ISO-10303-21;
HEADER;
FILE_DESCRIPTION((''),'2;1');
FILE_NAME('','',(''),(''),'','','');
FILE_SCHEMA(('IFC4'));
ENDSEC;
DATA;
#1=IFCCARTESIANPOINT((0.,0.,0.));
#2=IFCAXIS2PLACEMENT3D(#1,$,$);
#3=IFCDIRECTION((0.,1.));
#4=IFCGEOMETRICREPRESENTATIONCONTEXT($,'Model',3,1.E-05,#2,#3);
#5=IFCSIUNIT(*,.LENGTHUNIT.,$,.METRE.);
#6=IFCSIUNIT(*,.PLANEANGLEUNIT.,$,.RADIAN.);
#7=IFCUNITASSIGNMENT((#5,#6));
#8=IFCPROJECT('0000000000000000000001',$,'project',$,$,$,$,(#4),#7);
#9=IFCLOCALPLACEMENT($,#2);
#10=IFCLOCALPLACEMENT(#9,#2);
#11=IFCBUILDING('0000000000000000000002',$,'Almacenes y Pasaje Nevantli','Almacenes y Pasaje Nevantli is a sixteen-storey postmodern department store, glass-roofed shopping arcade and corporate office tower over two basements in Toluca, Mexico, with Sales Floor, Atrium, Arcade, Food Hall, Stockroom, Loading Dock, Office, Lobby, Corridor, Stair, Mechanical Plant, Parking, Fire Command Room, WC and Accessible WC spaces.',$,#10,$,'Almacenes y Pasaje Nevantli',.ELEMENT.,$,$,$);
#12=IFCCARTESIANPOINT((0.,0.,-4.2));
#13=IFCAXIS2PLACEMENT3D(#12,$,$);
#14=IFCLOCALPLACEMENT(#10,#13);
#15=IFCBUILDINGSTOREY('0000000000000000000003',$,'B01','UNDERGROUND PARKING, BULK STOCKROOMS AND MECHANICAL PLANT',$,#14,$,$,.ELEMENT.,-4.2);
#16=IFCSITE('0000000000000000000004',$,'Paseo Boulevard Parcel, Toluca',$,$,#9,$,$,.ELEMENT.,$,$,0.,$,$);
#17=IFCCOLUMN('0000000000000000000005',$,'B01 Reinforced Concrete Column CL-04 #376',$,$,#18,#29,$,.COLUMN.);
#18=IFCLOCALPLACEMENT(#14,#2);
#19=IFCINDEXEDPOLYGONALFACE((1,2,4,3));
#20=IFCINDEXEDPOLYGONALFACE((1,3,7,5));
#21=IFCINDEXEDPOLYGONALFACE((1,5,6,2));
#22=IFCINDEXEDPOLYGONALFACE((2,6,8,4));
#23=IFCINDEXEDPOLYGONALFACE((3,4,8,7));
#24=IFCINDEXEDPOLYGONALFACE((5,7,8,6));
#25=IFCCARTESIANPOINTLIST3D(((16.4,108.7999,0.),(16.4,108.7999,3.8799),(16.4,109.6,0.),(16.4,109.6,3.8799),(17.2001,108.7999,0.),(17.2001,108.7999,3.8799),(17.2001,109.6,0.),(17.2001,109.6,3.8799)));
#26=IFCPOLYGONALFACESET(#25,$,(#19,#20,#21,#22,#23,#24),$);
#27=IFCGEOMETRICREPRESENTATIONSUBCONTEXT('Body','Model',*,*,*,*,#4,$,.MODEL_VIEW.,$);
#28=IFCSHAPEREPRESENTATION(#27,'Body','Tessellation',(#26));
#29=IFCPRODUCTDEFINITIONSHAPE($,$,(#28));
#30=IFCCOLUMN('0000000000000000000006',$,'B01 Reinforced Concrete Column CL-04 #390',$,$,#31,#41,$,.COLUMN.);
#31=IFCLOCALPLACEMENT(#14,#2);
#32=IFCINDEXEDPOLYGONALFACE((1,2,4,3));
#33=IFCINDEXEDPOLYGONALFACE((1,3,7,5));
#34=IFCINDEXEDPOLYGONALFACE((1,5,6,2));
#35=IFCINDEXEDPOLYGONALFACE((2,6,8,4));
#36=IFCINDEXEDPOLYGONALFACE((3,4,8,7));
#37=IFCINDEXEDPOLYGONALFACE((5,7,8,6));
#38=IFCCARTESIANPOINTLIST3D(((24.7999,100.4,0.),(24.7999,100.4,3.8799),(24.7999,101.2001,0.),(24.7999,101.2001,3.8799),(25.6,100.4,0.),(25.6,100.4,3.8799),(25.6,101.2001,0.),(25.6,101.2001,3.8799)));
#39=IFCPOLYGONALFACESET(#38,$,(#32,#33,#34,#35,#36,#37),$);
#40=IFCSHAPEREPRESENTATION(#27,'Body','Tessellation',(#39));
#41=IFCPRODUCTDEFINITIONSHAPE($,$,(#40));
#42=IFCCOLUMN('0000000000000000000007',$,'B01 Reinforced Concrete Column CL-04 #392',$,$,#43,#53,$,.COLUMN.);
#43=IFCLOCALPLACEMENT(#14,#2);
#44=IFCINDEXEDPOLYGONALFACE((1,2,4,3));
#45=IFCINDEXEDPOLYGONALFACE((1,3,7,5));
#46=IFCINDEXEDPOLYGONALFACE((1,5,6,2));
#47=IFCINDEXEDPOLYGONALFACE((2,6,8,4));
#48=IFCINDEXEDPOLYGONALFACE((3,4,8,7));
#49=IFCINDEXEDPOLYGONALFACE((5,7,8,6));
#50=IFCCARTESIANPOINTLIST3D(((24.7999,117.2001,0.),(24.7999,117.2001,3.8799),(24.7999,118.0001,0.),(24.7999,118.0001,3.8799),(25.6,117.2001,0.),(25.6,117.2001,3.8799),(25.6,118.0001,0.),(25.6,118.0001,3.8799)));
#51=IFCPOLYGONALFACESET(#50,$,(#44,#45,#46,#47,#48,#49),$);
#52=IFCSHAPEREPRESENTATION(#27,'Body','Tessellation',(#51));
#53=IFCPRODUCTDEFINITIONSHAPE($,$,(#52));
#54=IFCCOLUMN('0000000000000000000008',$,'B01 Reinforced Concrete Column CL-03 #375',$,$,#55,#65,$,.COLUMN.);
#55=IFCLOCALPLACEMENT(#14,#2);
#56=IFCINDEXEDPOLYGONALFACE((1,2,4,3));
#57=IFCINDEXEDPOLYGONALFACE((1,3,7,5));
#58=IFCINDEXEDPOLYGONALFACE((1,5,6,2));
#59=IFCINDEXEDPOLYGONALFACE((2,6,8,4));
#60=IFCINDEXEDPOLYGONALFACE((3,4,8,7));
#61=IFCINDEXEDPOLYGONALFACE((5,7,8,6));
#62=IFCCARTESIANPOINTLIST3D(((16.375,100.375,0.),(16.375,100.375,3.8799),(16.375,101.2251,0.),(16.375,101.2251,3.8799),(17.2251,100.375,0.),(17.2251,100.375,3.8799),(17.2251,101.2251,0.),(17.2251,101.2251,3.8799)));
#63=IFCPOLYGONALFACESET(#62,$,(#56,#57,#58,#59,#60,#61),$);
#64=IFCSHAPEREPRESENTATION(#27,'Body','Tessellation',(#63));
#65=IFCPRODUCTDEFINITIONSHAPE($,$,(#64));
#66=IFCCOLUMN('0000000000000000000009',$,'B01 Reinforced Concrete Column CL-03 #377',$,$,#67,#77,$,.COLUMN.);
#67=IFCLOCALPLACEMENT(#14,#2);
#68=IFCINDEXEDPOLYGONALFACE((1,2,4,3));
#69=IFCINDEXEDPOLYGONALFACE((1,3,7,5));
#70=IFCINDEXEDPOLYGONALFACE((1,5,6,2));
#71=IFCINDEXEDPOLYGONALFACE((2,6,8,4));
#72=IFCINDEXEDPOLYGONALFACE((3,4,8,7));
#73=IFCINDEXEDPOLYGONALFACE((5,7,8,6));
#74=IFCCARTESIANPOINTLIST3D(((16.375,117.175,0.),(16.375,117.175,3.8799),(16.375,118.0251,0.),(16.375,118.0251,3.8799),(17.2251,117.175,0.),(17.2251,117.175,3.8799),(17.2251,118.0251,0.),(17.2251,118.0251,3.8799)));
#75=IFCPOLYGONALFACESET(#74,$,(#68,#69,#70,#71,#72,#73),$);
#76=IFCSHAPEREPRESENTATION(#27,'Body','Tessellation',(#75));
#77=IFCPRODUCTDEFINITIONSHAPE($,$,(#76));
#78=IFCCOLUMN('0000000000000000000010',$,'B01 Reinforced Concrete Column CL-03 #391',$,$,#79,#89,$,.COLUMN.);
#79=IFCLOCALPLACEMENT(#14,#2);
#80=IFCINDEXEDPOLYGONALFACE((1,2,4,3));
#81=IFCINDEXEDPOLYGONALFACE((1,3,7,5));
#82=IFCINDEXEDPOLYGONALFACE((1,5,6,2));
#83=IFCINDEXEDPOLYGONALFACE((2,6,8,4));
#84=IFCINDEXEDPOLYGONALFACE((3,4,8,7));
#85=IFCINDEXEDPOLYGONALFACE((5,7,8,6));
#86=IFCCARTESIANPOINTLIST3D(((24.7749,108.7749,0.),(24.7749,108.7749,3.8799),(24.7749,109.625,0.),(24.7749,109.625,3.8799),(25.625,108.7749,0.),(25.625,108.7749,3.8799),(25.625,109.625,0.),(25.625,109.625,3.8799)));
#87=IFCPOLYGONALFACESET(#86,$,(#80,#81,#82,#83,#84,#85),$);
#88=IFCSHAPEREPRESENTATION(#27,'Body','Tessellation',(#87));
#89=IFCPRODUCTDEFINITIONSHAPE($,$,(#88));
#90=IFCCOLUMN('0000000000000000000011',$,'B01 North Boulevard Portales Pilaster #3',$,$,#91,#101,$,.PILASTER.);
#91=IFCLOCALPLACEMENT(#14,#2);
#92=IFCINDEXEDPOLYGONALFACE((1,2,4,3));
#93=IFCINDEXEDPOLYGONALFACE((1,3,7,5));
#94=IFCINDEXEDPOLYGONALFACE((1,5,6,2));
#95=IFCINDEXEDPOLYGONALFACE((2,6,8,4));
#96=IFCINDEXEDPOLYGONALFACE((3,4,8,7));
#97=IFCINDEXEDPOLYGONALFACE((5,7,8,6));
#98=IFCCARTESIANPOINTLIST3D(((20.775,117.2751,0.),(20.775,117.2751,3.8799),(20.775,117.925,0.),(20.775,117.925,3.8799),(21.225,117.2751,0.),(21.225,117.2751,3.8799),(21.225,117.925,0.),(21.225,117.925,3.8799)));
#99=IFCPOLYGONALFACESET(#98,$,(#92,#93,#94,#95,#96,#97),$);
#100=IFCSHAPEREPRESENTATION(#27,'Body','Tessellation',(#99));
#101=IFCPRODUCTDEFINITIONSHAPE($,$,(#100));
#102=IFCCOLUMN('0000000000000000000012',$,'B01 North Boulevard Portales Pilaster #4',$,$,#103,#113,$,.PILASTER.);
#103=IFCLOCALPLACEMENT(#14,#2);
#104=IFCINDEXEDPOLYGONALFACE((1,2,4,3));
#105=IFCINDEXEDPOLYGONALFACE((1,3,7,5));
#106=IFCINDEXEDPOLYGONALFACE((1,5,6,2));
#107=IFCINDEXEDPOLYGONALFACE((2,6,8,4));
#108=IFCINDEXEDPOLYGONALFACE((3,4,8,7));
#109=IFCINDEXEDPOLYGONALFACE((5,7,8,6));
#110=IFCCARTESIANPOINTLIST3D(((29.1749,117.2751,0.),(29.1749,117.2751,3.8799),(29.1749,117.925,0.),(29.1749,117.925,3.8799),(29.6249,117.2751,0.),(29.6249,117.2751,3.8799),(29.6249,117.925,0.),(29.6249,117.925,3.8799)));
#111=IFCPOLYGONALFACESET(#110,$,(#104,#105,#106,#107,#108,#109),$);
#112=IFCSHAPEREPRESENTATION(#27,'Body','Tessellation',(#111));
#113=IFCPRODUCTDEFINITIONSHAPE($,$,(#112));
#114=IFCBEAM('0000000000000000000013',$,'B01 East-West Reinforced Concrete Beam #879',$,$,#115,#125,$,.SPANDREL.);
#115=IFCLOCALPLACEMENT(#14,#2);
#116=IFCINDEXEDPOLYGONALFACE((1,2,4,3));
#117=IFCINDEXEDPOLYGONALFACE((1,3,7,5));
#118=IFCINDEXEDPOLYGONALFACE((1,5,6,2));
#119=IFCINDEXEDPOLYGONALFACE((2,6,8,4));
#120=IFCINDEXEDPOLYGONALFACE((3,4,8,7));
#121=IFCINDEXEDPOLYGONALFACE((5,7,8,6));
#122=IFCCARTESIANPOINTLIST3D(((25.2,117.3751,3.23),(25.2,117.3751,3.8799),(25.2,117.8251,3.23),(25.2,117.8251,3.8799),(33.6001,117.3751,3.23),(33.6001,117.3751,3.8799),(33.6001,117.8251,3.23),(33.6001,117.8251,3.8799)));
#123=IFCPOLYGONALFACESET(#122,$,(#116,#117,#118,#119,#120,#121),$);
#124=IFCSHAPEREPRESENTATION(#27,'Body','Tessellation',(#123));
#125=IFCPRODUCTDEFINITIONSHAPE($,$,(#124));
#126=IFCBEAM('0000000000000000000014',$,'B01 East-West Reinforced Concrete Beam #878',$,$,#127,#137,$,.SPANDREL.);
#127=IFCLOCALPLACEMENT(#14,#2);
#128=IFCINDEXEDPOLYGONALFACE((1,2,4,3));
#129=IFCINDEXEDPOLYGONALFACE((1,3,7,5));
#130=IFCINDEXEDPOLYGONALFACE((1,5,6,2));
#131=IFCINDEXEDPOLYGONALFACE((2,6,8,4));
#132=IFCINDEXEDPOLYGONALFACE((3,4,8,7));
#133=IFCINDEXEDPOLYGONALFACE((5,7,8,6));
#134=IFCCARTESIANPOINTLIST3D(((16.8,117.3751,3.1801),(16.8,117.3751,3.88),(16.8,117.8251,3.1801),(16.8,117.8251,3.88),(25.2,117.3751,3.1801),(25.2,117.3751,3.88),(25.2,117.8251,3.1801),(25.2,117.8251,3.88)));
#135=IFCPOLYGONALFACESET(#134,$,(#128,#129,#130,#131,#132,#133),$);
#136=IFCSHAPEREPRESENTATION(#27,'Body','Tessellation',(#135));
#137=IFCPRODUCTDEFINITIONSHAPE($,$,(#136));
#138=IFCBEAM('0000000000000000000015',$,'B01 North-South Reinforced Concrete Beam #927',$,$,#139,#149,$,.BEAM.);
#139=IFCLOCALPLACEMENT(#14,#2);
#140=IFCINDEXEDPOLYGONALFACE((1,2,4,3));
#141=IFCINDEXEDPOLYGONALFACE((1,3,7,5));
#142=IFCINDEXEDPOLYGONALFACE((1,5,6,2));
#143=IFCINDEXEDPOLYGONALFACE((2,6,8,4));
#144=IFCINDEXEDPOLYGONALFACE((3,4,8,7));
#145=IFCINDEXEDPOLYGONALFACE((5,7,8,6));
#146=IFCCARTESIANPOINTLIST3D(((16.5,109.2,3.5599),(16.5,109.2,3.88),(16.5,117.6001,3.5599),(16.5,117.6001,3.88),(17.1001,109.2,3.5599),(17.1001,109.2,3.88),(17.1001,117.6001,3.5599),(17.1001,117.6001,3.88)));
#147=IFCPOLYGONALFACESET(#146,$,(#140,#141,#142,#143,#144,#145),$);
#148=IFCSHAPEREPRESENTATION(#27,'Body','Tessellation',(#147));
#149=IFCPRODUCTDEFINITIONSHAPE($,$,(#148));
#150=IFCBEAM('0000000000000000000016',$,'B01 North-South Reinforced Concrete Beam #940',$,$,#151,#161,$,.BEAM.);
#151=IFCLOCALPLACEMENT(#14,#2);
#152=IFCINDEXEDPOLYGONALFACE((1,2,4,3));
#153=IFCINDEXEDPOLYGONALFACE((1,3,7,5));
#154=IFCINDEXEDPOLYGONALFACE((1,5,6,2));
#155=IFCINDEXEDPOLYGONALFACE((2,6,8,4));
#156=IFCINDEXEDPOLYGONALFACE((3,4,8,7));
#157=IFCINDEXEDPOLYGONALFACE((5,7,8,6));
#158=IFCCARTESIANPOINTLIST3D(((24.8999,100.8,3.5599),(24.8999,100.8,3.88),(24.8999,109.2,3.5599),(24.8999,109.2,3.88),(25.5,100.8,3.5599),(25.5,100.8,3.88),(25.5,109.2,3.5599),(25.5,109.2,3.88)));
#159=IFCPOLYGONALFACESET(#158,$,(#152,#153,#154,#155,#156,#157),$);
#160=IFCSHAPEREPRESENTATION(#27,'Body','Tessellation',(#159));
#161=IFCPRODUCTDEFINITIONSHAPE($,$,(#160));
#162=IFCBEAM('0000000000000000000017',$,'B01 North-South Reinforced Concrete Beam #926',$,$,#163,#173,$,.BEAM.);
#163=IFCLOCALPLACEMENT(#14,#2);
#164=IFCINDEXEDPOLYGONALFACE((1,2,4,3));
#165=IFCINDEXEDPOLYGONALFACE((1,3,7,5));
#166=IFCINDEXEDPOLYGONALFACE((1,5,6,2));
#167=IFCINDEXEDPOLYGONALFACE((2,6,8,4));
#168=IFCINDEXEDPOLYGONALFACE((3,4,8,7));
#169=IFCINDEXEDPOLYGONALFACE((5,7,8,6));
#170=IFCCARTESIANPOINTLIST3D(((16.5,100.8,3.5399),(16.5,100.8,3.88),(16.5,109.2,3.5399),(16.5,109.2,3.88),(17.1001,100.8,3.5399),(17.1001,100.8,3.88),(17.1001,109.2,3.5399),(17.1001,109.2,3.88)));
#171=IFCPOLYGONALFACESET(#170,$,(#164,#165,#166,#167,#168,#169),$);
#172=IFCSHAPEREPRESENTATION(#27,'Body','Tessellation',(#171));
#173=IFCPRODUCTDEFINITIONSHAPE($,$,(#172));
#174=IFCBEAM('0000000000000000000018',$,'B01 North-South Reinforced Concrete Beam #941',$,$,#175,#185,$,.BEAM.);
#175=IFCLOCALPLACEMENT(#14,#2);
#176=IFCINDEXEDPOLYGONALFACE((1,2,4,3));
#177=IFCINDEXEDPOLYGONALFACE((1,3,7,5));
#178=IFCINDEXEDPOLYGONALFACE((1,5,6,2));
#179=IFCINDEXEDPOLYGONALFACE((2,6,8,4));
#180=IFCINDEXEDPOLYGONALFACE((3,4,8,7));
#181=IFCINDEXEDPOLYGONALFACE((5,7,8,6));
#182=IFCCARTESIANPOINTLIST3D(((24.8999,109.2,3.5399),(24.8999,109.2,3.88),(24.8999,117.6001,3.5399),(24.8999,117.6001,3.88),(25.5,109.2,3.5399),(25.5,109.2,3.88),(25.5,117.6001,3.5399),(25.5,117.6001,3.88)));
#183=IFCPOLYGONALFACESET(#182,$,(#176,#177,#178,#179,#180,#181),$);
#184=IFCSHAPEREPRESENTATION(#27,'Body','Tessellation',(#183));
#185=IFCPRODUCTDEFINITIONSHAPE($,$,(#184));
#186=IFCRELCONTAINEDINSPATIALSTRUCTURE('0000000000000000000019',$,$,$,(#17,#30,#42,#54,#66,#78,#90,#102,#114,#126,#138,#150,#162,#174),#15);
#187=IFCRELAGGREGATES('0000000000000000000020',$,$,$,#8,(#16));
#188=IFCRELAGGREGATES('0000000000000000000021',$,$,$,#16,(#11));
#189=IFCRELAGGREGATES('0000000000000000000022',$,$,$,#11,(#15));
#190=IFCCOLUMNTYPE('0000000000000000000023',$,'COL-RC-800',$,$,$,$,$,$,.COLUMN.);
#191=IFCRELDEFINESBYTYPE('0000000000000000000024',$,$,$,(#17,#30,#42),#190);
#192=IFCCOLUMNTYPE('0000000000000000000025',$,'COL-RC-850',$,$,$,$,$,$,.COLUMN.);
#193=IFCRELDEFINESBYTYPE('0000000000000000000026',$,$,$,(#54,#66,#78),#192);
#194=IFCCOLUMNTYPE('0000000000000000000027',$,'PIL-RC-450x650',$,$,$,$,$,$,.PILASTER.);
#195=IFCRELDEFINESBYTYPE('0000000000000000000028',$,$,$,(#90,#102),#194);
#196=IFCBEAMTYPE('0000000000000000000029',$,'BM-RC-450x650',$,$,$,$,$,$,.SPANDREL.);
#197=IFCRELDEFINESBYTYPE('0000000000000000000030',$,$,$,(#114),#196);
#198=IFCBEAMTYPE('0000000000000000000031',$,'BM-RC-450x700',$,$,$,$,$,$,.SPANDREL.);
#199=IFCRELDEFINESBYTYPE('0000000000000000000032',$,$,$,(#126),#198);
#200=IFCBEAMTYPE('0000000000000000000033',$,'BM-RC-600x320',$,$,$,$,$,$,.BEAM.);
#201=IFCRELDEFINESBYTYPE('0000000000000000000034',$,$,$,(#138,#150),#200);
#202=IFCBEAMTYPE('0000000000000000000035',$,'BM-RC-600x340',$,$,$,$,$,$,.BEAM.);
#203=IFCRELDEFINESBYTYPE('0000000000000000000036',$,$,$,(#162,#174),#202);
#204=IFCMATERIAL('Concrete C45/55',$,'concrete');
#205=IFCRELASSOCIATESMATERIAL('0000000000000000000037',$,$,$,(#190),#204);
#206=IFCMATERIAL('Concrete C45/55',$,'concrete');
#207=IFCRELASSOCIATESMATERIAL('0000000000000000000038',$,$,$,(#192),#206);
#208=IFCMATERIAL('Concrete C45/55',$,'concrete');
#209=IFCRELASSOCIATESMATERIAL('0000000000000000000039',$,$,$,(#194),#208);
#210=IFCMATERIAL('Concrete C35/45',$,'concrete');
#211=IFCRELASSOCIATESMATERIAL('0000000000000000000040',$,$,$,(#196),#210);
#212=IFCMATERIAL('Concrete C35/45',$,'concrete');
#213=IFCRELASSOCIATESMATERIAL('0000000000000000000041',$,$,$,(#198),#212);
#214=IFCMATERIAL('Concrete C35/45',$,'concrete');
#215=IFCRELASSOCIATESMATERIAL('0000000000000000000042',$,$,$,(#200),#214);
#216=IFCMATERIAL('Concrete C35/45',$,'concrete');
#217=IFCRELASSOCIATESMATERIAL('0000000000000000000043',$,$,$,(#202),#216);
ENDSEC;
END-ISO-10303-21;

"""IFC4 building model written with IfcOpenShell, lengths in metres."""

from ifc_helpers import new_model, si_unit, direction, frame, origin, origin_2d, place, context, subcontext, project, spatial, rectangle, extrude, material, material_profile, profile_set, type_object, element, save


model = new_model("IFC4")

# Units and contexts
model_context = context("Model", 3, precision=1e-05, world=origin(), true_north=direction((0.0, 1.0)))
body_context = subcontext(model_context, "Body", "Model", "MODEL_VIEW")
ifc_project = project(units=[si_unit("LENGTHUNIT", "METRE"), si_unit("PLANEANGLEUNIT", "RADIAN")], contexts=[model_context])

# Site, building, storey
site_placement = place(None, origin())
site = spatial("IfcSite", under=ifc_project, at=site_placement, Name="Paseo Boulevard Parcel, Toluca", CompositionType="ELEMENT", RefElevation=0.0)
building_placement = place(site_placement, origin())
building = spatial("IfcBuilding", under=site, at=building_placement, Name="Almacenes y Pasaje Nevantli", Description="Almacenes y Pasaje Nevantli is a sixteen-storey postmodern department store, glass-roofed shopping arcade and corporate office tower over two basements in Toluca, Mexico, with Sales Floor, Atrium, Arcade, Food Hall, Stockroom, Loading Dock, Office, Lobby, Corridor, Stair, Mechanical Plant, Parking, Fire Command Room, WC and Accessible WC spaces.", LongName="Almacenes y Pasaje Nevantli", CompositionType="ELEMENT")
storey_placement = place(building_placement, frame((0.0, 0.0, -4.2)))
storey = spatial("IfcBuildingStorey", under=building, at=storey_placement, Name="B01", Description="UNDERGROUND PARKING, BULK STOCKROOMS AND MECHANICAL PLANT", CompositionType="ELEMENT", Elevation=-4.2)

# Columns
ifc_material_1 = material(Name="Concrete C45/55", Category="concrete")
ifc_material_profile_1 = material_profile(ifc_material_1, rectangle(XDim=0.8, YDim=0.8, at=origin_2d()), Name="RC-COL-800x800")
ifc_profile_set_1 = profile_set([ifc_material_profile_1], Name="Concrete C45/55")
column_type_1 = type_object("IfcColumnType", Name="COL-RC-800", PredefinedType="COLUMN", material=ifc_profile_set_1)
for number, where, z_axis, x_axis, name in (
    (1, (16.8, 109.2, 0.0), (0.0, 0.0, 1.0), (1.0, 0.0, 0.0), "B01 Reinforced Concrete Column CL-04 #376"),
    (2, (25.2, 100.8, 0.0), (0.0, 0.0, 1.0), (1.0, 0.0, 0.0), "B01 Reinforced Concrete Column CL-04 #390"),
    (3, (25.2, 117.6001, 0.0), (0.0, 0.0, 1.0), (1.0, 0.0, 0.0), "B01 Reinforced Concrete Column CL-04 #392"),
):
    element("IfcColumn", number, at=place(storey_placement, frame(where, z_axis=z_axis, x_axis=x_axis)), inside=storey, type_object=column_type_1, Name=name, PredefinedType="COLUMN", context=body_context, shape_type="SweptSolid", body=[
        extrude(rectangle(XDim=0.8, YDim=0.8, at=origin_2d()), origin(), (0.0, 0.0, 1.0), 3.8799),
    ])
ifc_material_2 = material(Name="Concrete C45/55", Category="concrete")
ifc_material_profile_2 = material_profile(ifc_material_2, rectangle(XDim=0.8501, YDim=0.8501, at=origin_2d()), Name="RC-COL-850x850")
ifc_profile_set_2 = profile_set([ifc_material_profile_2], Name="Concrete C45/55")
column_type_2 = type_object("IfcColumnType", Name="COL-RC-850", PredefinedType="COLUMN", material=ifc_profile_set_2)
for number, where, z_axis, x_axis, name in (
    (4, (16.8, 100.8, 0.0), (0.0, 0.0, 1.0), (1.0, 0.0, 0.0), "B01 Reinforced Concrete Column CL-03 #375"),
    (5, (16.8, 117.6001, 0.0), (0.0, 0.0, 1.0), (1.0, 0.0, 0.0), "B01 Reinforced Concrete Column CL-03 #377"),
    (6, (25.2, 109.2, 0.0), (0.0, 0.0, 1.0), (1.0, 0.0, 0.0), "B01 Reinforced Concrete Column CL-03 #391"),
):
    element("IfcColumn", number, at=place(storey_placement, frame(where, z_axis=z_axis, x_axis=x_axis)), inside=storey, type_object=column_type_2, Name=name, PredefinedType="COLUMN", context=body_context, shape_type="SweptSolid", body=[
        extrude(rectangle(XDim=0.8501, YDim=0.8501, at=origin_2d()), origin(), (0.0, 0.0, 1.0), 3.8799),
    ])
ifc_material_3 = material(Name="Concrete C45/55", Category="concrete")
ifc_material_profile_3 = material_profile(ifc_material_3, rectangle(XDim=0.45, YDim=0.6499, at=origin_2d()), Name="RC-PIL-450x650")
ifc_profile_set_3 = profile_set([ifc_material_profile_3], Name="Concrete C45/55")
column_type_3 = type_object("IfcColumnType", Name="PIL-RC-450x650", PredefinedType="PILASTER", material=ifc_profile_set_3)
for number, where, z_axis, x_axis, name in (
    (7, (21.0, 117.6001, 0.0), (0.0, 0.0, 1.0), (1.0, 0.0, 0.0), "B01 North Boulevard Portales Pilaster #3"),
    (8, (29.3999, 117.6001, 0.0), (0.0, 0.0, 1.0), (1.0, 0.0, 0.0), "B01 North Boulevard Portales Pilaster #4"),
):
    element("IfcColumn", number, at=place(storey_placement, frame(where, z_axis=z_axis, x_axis=x_axis)), inside=storey, type_object=column_type_3, Name=name, PredefinedType="PILASTER", context=body_context, shape_type="SweptSolid", body=[
        extrude(rectangle(XDim=0.45, YDim=0.6499, at=origin_2d()), origin(), (0.0, 0.0, 1.0), 3.8799),
    ])

# Beams
ifc_material_4 = material(Name="Concrete C35/45", Category="concrete")
ifc_material_profile_4 = material_profile(ifc_material_4, rectangle(XDim=0.45, YDim=0.6499, at=origin_2d()), Name="RC-BM-450x650")
ifc_profile_set_4 = profile_set([ifc_material_profile_4], Name="Concrete C35/45")
beam_type_1 = type_object("IfcBeamType", Name="BM-RC-450x650", PredefinedType="SPANDREL", material=ifc_profile_set_4)
beam_1_placement = place(storey_placement, frame((25.2, 117.6001, 3.5549), z_axis=(1.0, 0.0, 0.0), x_axis=(0.0, 1.0, 0.0)))
element("IfcBeam", 9, at=beam_1_placement, inside=storey, type_object=beam_type_1, Name="B01 East-West Reinforced Concrete Beam #879", PredefinedType="SPANDREL", context=body_context, shape_type="SweptSolid", body=[
    extrude(rectangle(XDim=0.45, YDim=0.6499, at=origin_2d()), origin(), (0.0, 0.0, 1.0), 8.4001),
])
ifc_material_5 = material(Name="Concrete C35/45", Category="concrete")
ifc_material_profile_5 = material_profile(ifc_material_5, rectangle(XDim=0.45, YDim=0.7, at=origin_2d()), Name="RC-BM-450x700")
ifc_profile_set_5 = profile_set([ifc_material_profile_5], Name="Concrete C35/45")
beam_type_2 = type_object("IfcBeamType", Name="BM-RC-450x700", PredefinedType="SPANDREL", material=ifc_profile_set_5)
beam_2_placement = place(storey_placement, frame((16.8, 117.6001, 3.53), z_axis=(1.0, 0.0, 0.0), x_axis=(0.0, 1.0, 0.0)))
element("IfcBeam", 10, at=beam_2_placement, inside=storey, type_object=beam_type_2, Name="B01 East-West Reinforced Concrete Beam #878", PredefinedType="SPANDREL", context=body_context, shape_type="SweptSolid", body=[
    extrude(rectangle(XDim=0.45, YDim=0.7, at=origin_2d()), origin(), (0.0, 0.0, 1.0), 8.3999),
])
ifc_material_6 = material(Name="Concrete C35/45", Category="concrete")
ifc_material_profile_6 = material_profile(ifc_material_6, rectangle(XDim=0.6001, YDim=0.3201, at=origin_2d()), Name="RC-BM-600x320")
ifc_profile_set_6 = profile_set([ifc_material_profile_6], Name="Concrete C35/45")
beam_type_3 = type_object("IfcBeamType", Name="BM-RC-600x320", PredefinedType="BEAM", material=ifc_profile_set_6)
beam_3_placement = place(storey_placement, frame((16.8, 109.2, 3.72), z_axis=(0.0, 1.0, 0.0), x_axis=(-1.0, 0.0, 0.0)))
element("IfcBeam", 11, at=beam_3_placement, inside=storey, type_object=beam_type_3, Name="B01 North-South Reinforced Concrete Beam #927", PredefinedType="BEAM", context=body_context, shape_type="SweptSolid", body=[
    extrude(rectangle(XDim=0.6001, YDim=0.3201, at=origin_2d()), origin(), (0.0, 0.0, 1.0), 8.4001),
])
beam_4_placement = place(storey_placement, frame((25.2, 100.8, 3.72), z_axis=(0.0, 1.0, 0.0), x_axis=(-1.0, 0.0, 0.0)))
element("IfcBeam", 12, at=beam_4_placement, inside=storey, type_object=beam_type_3, Name="B01 North-South Reinforced Concrete Beam #940", PredefinedType="BEAM", context=body_context, shape_type="SweptSolid", body=[
    extrude(rectangle(XDim=0.6001, YDim=0.3201, at=origin_2d()), origin(), (0.0, 0.0, 1.0), 8.3999),
])
ifc_material_7 = material(Name="Concrete C35/45", Category="concrete")
ifc_material_profile_7 = material_profile(ifc_material_7, rectangle(XDim=0.6001, YDim=0.3401, at=origin_2d()), Name="RC-BM-600x340")
ifc_profile_set_7 = profile_set([ifc_material_profile_7], Name="Concrete C35/45")
beam_type_4 = type_object("IfcBeamType", Name="BM-RC-600x340", PredefinedType="BEAM", material=ifc_profile_set_7)
beam_5_placement = place(storey_placement, frame((16.8, 100.8, 3.71), z_axis=(0.0, 1.0, 0.0), x_axis=(-1.0, 0.0, 0.0)))
element("IfcBeam", 13, at=beam_5_placement, inside=storey, type_object=beam_type_4, Name="B01 North-South Reinforced Concrete Beam #926", PredefinedType="BEAM", context=body_context, shape_type="SweptSolid", body=[
    extrude(rectangle(XDim=0.6001, YDim=0.3401, at=origin_2d()), origin(), (0.0, 0.0, 1.0), 8.3999),
])
beam_6_placement = place(storey_placement, frame((25.2, 109.2, 3.71), z_axis=(0.0, 1.0, 0.0), x_axis=(-1.0, 0.0, 0.0)))
element("IfcBeam", 14, at=beam_6_placement, inside=storey, type_object=beam_type_4, Name="B01 North-South Reinforced Concrete Beam #941", PredefinedType="BEAM", context=body_context, shape_type="SweptSolid", body=[
    extrude(rectangle(XDim=0.6001, YDim=0.3401, at=origin_2d()), origin(), (0.0, 0.0, 1.0), 8.4001),
])

save(model, "model.ifc")
